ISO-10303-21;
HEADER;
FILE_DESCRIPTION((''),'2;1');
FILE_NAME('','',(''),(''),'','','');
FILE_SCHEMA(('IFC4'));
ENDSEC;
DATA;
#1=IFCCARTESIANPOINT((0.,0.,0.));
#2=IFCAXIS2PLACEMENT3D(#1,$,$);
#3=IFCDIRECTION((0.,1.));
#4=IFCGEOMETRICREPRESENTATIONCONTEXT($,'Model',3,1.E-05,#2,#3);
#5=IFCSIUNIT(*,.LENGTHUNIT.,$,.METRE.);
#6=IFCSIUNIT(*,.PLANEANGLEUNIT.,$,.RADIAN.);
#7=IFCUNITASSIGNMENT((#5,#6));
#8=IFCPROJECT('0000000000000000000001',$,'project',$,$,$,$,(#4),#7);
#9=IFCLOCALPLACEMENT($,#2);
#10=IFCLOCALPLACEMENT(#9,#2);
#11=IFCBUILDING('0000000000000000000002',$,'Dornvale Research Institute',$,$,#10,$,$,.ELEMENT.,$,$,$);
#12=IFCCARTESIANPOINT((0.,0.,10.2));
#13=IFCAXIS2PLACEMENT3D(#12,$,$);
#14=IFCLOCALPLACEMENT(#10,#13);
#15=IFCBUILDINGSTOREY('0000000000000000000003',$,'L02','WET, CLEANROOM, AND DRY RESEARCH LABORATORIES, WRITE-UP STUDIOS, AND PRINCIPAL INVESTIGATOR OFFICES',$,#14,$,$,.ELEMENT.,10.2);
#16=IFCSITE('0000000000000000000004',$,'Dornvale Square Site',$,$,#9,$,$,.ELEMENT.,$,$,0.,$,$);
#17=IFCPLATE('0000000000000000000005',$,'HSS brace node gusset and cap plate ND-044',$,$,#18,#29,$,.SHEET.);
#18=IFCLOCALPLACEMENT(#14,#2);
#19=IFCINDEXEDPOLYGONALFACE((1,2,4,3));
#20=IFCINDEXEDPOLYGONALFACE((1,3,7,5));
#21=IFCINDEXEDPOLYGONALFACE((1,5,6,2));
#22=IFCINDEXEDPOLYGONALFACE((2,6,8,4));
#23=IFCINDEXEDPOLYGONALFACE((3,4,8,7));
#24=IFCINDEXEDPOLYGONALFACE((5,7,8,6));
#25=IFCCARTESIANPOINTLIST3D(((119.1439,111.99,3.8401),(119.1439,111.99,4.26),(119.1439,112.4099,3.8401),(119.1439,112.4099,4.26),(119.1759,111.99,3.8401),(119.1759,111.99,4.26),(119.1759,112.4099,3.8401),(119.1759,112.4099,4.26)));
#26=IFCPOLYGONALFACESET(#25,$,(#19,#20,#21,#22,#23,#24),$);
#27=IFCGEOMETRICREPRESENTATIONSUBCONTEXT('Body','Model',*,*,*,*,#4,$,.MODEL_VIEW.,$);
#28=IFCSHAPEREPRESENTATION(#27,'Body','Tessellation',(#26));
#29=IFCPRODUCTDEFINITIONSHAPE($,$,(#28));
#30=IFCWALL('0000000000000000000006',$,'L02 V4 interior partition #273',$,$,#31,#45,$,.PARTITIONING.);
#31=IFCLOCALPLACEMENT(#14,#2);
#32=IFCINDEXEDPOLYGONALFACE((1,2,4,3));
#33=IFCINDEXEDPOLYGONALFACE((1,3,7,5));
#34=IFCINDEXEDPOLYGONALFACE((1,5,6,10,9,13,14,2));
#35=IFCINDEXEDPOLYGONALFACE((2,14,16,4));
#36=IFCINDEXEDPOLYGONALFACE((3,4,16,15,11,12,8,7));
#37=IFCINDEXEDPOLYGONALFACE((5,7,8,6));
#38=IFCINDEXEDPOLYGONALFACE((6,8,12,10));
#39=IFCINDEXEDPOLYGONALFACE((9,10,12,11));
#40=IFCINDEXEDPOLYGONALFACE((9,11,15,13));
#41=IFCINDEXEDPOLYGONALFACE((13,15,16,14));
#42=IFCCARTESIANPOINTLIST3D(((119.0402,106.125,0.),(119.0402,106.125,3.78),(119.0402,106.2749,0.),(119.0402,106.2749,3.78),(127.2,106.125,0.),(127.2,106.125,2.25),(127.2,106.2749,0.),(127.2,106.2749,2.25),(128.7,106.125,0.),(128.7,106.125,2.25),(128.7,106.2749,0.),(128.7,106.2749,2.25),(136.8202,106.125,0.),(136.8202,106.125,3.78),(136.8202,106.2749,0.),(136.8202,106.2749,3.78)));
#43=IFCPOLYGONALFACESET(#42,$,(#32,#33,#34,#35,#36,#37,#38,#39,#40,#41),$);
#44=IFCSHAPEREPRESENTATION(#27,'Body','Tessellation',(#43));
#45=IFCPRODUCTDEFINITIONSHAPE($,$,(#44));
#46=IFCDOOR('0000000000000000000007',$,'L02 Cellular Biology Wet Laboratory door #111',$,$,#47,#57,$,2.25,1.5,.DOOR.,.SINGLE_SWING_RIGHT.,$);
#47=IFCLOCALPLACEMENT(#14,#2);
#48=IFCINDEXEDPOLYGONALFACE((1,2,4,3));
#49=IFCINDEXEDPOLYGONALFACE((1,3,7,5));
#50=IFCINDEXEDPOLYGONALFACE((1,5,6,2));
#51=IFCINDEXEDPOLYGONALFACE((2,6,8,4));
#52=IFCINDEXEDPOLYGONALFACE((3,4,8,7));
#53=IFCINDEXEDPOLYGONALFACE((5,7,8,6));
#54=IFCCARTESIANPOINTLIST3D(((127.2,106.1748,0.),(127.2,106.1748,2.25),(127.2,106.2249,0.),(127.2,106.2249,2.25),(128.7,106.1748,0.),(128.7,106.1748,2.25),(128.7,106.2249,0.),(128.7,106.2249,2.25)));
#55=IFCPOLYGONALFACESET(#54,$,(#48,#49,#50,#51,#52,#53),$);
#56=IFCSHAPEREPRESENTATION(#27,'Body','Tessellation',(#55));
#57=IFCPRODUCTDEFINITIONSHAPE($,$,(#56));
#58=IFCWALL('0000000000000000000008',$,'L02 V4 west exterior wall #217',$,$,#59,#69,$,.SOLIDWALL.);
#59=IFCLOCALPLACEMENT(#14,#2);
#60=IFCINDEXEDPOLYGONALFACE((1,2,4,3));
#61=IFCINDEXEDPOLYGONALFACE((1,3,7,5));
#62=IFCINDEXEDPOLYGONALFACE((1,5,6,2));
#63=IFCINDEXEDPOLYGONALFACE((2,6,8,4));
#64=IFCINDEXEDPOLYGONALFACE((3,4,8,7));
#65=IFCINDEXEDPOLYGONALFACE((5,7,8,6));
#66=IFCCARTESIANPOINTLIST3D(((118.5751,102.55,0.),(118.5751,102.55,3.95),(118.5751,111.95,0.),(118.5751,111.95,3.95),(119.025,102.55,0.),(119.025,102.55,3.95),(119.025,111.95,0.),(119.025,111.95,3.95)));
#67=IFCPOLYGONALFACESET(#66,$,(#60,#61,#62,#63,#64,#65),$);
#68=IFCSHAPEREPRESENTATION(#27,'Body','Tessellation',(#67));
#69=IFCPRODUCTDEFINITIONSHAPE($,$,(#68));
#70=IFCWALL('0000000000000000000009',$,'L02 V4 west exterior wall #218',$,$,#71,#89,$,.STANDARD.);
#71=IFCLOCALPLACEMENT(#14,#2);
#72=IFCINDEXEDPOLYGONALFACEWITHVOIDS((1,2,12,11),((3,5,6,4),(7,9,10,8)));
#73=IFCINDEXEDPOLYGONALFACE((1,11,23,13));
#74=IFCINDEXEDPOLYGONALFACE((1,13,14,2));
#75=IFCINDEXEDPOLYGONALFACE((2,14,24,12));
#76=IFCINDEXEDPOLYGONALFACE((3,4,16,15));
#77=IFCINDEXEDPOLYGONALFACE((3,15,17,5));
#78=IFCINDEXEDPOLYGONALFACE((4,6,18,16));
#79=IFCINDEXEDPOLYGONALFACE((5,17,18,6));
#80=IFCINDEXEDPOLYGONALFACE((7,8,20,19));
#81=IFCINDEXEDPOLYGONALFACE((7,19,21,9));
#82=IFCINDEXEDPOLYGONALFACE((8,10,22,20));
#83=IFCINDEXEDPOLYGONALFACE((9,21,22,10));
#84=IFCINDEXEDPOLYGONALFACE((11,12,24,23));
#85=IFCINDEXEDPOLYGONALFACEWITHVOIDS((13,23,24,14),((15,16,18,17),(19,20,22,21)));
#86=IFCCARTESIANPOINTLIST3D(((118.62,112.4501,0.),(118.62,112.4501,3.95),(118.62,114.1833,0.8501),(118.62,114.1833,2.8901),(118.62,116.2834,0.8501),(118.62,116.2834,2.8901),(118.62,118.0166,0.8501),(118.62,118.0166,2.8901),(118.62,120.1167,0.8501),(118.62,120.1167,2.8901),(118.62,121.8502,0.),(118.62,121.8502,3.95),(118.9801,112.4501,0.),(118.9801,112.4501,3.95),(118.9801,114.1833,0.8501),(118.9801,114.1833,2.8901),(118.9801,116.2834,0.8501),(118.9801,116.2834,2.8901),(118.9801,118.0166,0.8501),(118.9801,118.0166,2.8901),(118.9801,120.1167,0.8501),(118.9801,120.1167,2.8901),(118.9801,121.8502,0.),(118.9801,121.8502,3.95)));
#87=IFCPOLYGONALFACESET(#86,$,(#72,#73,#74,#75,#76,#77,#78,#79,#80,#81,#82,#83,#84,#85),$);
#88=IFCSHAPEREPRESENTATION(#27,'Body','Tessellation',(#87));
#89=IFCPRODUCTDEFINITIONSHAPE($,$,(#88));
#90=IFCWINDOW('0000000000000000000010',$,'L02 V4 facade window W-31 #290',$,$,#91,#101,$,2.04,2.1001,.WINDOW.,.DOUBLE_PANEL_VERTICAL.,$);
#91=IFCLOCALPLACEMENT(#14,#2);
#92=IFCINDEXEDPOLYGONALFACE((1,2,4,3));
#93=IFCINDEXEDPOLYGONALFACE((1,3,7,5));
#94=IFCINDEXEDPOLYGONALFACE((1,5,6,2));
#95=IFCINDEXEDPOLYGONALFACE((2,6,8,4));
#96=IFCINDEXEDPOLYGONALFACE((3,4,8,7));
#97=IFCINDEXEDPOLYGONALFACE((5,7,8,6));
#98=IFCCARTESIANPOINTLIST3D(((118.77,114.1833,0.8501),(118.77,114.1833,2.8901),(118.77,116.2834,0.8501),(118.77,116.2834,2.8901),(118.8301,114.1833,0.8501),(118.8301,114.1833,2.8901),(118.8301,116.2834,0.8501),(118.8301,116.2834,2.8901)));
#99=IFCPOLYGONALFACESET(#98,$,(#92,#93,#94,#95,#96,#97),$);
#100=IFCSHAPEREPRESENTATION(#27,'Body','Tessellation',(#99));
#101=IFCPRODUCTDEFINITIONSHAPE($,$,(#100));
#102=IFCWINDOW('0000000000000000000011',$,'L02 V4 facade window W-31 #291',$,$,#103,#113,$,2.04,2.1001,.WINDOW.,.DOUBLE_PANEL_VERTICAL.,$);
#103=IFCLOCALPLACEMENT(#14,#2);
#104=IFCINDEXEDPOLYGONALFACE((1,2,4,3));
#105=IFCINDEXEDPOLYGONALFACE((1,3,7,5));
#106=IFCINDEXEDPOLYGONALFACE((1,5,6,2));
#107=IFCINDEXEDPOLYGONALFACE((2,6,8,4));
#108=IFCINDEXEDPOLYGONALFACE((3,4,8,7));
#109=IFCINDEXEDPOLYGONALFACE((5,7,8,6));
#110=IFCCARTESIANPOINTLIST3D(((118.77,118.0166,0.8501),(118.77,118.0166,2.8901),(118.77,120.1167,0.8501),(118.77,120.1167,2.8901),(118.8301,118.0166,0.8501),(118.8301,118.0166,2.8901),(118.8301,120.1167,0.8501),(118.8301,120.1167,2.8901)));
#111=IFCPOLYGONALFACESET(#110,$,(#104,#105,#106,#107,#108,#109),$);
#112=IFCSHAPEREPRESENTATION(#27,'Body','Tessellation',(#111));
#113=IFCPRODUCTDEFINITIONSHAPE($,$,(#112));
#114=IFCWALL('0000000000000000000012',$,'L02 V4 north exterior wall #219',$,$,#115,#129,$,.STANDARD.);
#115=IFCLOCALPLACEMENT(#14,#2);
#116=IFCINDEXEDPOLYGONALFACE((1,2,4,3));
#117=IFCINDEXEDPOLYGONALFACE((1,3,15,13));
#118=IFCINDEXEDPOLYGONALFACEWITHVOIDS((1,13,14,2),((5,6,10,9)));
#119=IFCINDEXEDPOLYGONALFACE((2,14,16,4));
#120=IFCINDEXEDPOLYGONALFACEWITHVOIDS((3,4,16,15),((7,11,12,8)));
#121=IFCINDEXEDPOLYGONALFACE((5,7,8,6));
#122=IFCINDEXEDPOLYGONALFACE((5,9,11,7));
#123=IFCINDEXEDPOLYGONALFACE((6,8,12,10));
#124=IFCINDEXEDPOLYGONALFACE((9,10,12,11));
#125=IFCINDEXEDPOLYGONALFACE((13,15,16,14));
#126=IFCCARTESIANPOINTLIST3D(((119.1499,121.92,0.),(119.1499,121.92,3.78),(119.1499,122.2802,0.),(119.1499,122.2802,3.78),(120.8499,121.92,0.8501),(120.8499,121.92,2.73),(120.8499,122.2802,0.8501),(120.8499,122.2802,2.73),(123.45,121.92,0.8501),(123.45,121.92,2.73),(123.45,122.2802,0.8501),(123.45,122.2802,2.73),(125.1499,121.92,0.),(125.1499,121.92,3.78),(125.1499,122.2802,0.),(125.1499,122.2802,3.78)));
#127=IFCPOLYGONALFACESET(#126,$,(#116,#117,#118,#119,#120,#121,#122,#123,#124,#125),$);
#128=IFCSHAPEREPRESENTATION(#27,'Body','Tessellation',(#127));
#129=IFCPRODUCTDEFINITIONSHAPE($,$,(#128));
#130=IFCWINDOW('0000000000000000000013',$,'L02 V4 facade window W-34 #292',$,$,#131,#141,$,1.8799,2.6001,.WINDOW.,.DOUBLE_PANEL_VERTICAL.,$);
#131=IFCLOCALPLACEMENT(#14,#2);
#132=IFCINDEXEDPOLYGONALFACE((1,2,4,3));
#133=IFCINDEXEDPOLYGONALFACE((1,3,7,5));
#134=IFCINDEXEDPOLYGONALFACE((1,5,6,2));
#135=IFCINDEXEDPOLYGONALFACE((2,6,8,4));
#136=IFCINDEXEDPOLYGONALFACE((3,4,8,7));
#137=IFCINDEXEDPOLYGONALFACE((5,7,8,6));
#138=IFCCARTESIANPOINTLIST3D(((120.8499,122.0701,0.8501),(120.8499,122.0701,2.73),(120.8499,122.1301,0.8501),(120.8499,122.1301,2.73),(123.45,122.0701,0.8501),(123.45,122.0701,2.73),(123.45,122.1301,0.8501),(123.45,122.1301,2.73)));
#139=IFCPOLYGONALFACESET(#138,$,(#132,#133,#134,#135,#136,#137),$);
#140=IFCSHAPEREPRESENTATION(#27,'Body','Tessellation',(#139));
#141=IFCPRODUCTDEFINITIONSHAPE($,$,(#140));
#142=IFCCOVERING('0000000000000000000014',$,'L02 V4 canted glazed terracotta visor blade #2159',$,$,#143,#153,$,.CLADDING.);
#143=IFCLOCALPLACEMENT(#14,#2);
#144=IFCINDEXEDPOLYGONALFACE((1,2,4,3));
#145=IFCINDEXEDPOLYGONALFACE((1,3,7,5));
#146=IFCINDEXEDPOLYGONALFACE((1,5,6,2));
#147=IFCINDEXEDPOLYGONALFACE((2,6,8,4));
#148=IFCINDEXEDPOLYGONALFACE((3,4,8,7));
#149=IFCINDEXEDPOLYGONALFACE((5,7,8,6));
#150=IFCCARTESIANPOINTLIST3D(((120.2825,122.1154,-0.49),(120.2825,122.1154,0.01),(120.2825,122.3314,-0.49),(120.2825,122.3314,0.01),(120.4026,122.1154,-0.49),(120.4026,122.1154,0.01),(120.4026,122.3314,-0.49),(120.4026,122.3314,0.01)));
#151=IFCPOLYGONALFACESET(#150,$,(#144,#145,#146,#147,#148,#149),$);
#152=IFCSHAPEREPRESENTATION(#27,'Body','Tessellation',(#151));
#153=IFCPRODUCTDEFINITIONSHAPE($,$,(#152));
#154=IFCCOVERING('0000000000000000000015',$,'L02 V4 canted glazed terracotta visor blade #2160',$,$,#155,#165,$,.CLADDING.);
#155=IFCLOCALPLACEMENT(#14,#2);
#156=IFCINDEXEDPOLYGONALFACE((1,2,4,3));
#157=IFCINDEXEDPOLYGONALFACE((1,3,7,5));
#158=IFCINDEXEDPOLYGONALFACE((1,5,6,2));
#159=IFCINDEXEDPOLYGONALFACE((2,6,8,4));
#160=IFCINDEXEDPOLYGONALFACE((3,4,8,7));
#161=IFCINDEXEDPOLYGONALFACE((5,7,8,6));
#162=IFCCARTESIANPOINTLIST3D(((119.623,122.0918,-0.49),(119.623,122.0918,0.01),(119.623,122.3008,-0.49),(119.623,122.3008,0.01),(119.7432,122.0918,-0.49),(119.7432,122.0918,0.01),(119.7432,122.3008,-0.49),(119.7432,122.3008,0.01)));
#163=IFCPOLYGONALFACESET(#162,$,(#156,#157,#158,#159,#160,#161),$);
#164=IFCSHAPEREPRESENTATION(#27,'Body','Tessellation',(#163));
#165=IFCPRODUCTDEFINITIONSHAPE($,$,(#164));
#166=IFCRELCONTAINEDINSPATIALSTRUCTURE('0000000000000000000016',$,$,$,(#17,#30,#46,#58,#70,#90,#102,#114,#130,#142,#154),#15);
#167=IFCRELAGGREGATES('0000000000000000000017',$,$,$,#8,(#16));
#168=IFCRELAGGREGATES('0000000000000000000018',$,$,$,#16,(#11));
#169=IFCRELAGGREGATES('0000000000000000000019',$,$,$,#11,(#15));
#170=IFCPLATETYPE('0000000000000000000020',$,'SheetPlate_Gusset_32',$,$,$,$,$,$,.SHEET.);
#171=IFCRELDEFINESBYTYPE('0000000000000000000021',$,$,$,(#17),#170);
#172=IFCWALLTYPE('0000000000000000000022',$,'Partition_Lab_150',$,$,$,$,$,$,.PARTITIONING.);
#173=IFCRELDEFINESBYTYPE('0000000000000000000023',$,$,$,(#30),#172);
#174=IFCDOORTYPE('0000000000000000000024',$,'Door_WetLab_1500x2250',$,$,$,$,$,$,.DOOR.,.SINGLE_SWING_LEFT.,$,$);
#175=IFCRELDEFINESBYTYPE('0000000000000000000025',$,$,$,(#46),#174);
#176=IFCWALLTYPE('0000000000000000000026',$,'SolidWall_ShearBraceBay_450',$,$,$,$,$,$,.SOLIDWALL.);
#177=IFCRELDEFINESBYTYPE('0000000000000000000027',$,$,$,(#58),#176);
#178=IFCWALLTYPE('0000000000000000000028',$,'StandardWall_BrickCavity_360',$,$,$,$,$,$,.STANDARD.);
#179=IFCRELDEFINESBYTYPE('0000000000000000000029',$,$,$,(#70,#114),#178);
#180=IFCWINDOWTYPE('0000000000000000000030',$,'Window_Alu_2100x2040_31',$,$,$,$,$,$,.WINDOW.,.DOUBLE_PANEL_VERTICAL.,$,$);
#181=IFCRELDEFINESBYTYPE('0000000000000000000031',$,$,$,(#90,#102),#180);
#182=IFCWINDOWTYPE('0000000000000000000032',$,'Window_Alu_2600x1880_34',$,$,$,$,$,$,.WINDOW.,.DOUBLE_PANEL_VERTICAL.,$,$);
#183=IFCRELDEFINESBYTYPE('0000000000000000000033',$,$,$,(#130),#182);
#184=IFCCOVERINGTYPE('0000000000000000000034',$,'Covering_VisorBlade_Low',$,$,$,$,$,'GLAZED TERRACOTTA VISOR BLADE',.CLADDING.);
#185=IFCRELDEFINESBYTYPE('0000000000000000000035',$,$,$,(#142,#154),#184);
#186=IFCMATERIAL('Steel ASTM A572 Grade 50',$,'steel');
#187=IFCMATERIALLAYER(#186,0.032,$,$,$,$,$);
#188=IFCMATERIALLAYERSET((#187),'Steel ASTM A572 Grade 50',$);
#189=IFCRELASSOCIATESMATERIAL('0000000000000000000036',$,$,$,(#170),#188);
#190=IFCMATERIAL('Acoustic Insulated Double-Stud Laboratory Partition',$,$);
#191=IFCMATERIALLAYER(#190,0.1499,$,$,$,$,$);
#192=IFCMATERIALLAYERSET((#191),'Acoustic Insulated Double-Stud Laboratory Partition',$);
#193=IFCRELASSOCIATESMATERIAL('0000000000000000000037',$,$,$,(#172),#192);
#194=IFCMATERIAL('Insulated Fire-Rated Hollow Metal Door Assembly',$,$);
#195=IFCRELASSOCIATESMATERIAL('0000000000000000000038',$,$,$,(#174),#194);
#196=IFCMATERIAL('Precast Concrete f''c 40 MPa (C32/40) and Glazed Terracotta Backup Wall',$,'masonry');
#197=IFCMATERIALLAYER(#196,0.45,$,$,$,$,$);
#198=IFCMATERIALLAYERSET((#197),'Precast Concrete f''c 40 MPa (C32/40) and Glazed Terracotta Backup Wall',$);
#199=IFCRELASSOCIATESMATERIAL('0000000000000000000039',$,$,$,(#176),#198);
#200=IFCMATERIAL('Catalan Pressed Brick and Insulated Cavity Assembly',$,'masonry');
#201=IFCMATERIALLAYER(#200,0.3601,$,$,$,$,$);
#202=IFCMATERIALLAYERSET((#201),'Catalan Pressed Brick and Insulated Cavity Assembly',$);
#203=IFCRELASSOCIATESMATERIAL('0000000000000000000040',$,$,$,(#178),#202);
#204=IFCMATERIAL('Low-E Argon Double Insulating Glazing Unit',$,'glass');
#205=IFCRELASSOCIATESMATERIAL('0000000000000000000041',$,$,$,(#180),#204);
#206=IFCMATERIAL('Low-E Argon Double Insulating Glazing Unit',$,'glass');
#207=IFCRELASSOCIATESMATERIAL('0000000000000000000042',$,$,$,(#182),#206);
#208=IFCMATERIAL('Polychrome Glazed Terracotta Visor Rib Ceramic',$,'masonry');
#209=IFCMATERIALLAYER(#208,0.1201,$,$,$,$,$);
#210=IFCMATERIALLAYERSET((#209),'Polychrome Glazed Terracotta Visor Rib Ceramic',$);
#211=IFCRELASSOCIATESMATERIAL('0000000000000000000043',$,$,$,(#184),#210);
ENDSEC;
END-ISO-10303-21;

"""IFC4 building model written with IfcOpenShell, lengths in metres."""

from ifc_helpers import new_model, si_unit, direction, frame, frame_2d, origin, origin_2d, place, context, subcontext, project, spatial, rectangle, extrude, material, layer, layer_set, type_object, element, fill, save


model = new_model("IFC4")

# Units and contexts
model_context = context("Model", 3, precision=1e-05, world=origin(), true_north=direction((0.0, 1.0)))
body_context = subcontext(model_context, "Body", "Model", "MODEL_VIEW")
ifc_project = project(units=[si_unit("LENGTHUNIT", "METRE"), si_unit("PLANEANGLEUNIT", "RADIAN")], contexts=[model_context])

# Site, building, storey
site_placement = place(None, origin())
site = spatial("IfcSite", under=ifc_project, at=site_placement, Name="Dornvale Square Site", CompositionType="ELEMENT", RefElevation=0.0)
building_placement = place(site_placement, origin())
building = spatial("IfcBuilding", under=site, at=building_placement, Name="Dornvale Research Institute", CompositionType="ELEMENT")
storey_placement = place(building_placement, frame((0.0, 0.0, 10.2)))
storey = spatial("IfcBuildingStorey", under=building, at=storey_placement, Name="L02", Description="WET, CLEANROOM, AND DRY RESEARCH LABORATORIES, WRITE-UP STUDIOS, AND PRINCIPAL INVESTIGATOR OFFICES", CompositionType="ELEMENT", Elevation=10.2)

# Plate
ifc_material_1 = material(Name="Steel ASTM A572 Grade 50", Category="steel")
ifc_layer_1 = layer(ifc_material_1, 0.032)
ifc_layer_set_1 = layer_set([ifc_layer_1], Name="Steel ASTM A572 Grade 50")
plate_type = type_object("IfcPlateType", Name="SheetPlate_Gusset_32", PredefinedType="SHEET", material=ifc_layer_set_1)
for number, where, z_axis, x_axis, name in (
    (1, (119.1599, 112.2, 3.8401), (0.0, 0.0, 1.0), (0.0, 1.0, 0.0), "HSS brace node gusset and cap plate ND-044"),
):
    element("IfcPlate", number, at=place(storey_placement, frame(where, z_axis=z_axis, x_axis=x_axis)), inside=storey, type_object=plate_type, Name=name, PredefinedType="SHEET", context=body_context, shape_type="SweptSolid", body=[
        extrude(rectangle(XDim=0.4199, YDim=0.032, at=origin_2d()), origin(), (0.0, 0.0, 1.0), 0.4199),
    ])

# Wall, opening, door
ifc_material_2 = material(Name="Acoustic Insulated Double-Stud Laboratory Partition")
ifc_layer_2 = layer(ifc_material_2, 0.1499)
ifc_layer_set_2 = layer_set([ifc_layer_2], Name="Acoustic Insulated Double-Stud Laboratory Partition")
wall_type_1 = type_object("IfcWallType", Name="Partition_Lab_150", PredefinedType="PARTITIONING", material=ifc_layer_set_2)
wall_1_placement = place(storey_placement, frame((119.04, 106.2, 0.0), z_axis=(0.0, 0.0, 1.0), x_axis=(1.0, 0.0, 0.0)))
wall_1 = element("IfcWall", 2, at=wall_1_placement, inside=storey, type_object=wall_type_1, Name="L02 V4 interior partition #273", PredefinedType="PARTITIONING", context=body_context, shape_type="SweptSolid", body=[
    extrude(rectangle(XDim=17.78, YDim=0.1499, at=frame_2d((8.8901, 0.0))), origin(), (0.0, 0.0, 1.0), 3.78),
])
opening_1_placement = place(wall_1_placement, frame((8.1599, 0.0, 0.0)))
opening_1 = element("IfcOpeningElement", 3, at=opening_1_placement, cuts=wall_1, PredefinedType="OPENING", context=body_context, shape_type="SweptSolid", body=[
    extrude(rectangle(XDim=1.5, YDim=2.25, at=frame_2d((0.75, 1.125))), frame((0.0, 0.0898, 0.0), z_axis=(0.0, -1.0, 0.0), x_axis=(1.0, 0.0, 0.0)), (0.0, 0.0, 1.0), 0.1799),
])
ifc_material_3 = material(Name="Insulated Fire-Rated Hollow Metal Door Assembly")
door_type = type_object("IfcDoorType", Name="Door_WetLab_1500x2250", OperationType="SINGLE_SWING_LEFT", PredefinedType="DOOR", material=ifc_material_3)
door_placement = place(opening_1_placement, origin())
door = element("IfcDoor", 4, at=door_placement, inside=storey, type_object=door_type, Name="L02 Cellular Biology Wet Laboratory door #111", OperationType="SINGLE_SWING_RIGHT", OverallHeight=2.25, OverallWidth=1.5, PredefinedType="DOOR", context=body_context, shape_type="SweptSolid", body=[
    extrude(rectangle(XDim=1.5, YDim=2.25, at=frame_2d((0.75, 1.125))), frame((0.0, 0.0249, 0.0), z_axis=(0.0, -1.0, 0.0), x_axis=(1.0, 0.0, 0.0)), (0.0, 0.0, 1.0), 0.05),
])
fill(opening_1, door)

# Wall
ifc_material_4 = material(Name="Precast Concrete f'c 40 MPa (C32/40) and Glazed Terracotta Backup Wall", Category="masonry")
ifc_layer_3 = layer(ifc_material_4, 0.45)
ifc_layer_set_3 = layer_set([ifc_layer_3], Name="Precast Concrete f'c 40 MPa (C32/40) and Glazed Terracotta Backup Wall")
wall_type_2 = type_object("IfcWallType", Name="SolidWall_ShearBraceBay_450", PredefinedType="SOLIDWALL", material=ifc_layer_set_3)
wall_2_placement = place(storey_placement, frame((118.8, 102.55, 0.0), z_axis=(0.0, 0.0, 1.0), x_axis=(0.0, 1.0, 0.0)))
element("IfcWall", 5, at=wall_2_placement, inside=storey, type_object=wall_type_2, Name="L02 V4 west exterior wall #217", PredefinedType="SOLIDWALL", context=body_context, shape_type="SweptSolid", body=[
    extrude(rectangle(XDim=9.3999, YDim=0.45, at=frame_2d((4.7, 0.0))), origin(), (0.0, 0.0, 1.0), 3.95),
])

# Wall, openings, windows
ifc_material_5 = material(Name="Catalan Pressed Brick and Insulated Cavity Assembly", Category="masonry")
ifc_layer_4 = layer(ifc_material_5, 0.3601)
ifc_layer_set_4 = layer_set([ifc_layer_4], Name="Catalan Pressed Brick and Insulated Cavity Assembly")
wall_type_3 = type_object("IfcWallType", Name="StandardWall_BrickCavity_360", PredefinedType="STANDARD", material=ifc_layer_set_4)
wall_3_placement = place(storey_placement, frame((118.8, 112.45, 0.0), z_axis=(0.0, 0.0, 1.0), x_axis=(0.0, 1.0, 0.0)))
wall_3 = element("IfcWall", 6, at=wall_3_placement, inside=storey, type_object=wall_type_3, Name="L02 V4 west exterior wall #218", PredefinedType="STANDARD", context=body_context, shape_type="SweptSolid", body=[
    extrude(rectangle(XDim=9.4001, YDim=0.3601, at=frame_2d((4.7002, 0.0))), origin(), (0.0, 0.0, 1.0), 3.95),
])
opening_2_placement = place(wall_3_placement, frame((1.7334, 0.0, 0.8501)))
opening_2 = element("IfcOpeningElement", 7, at=opening_2_placement, cuts=wall_3, PredefinedType="OPENING", context=body_context, shape_type="SweptSolid", body=[
    extrude(rectangle(XDim=2.1001, YDim=2.04, at=frame_2d((1.05, 1.02))), frame((0.0, 0.1951, 0.0), z_axis=(0.0, -1.0, 0.0), x_axis=(1.0, 0.0, 0.0)), (0.0, 0.0, 1.0), 0.3901),
])
opening_3_placement = place(wall_3_placement, frame((5.5667, 0.0, 0.8501)))
opening_3 = element("IfcOpeningElement", 8, at=opening_3_placement, cuts=wall_3, PredefinedType="OPENING", context=body_context, shape_type="SweptSolid", body=[
    extrude(rectangle(XDim=2.1001, YDim=2.04, at=frame_2d((1.05, 1.02))), frame((0.0, 0.1951, 0.0), z_axis=(0.0, -1.0, 0.0), x_axis=(1.0, 0.0, 0.0)), (0.0, 0.0, 1.0), 0.3901),
])
ifc_material_6 = material(Name="Low-E Argon Double Insulating Glazing Unit", Category="glass")
window_type_1 = type_object("IfcWindowType", Name="Window_Alu_2100x2040_31", PartitioningType="DOUBLE_PANEL_VERTICAL", PredefinedType="WINDOW", material=ifc_material_6)
window_1_placement = place(opening_2_placement, origin())
window_1 = element("IfcWindow", 9, at=window_1_placement, inside=storey, type_object=window_type_1, Name="L02 V4 facade window W-31 #290", OverallHeight=2.04, OverallWidth=2.1001, PartitioningType="DOUBLE_PANEL_VERTICAL", PredefinedType="WINDOW", context=body_context, shape_type="SweptSolid", body=[
    extrude(rectangle(XDim=2.1001, YDim=2.04, at=frame_2d((1.05, 1.02))), frame((0.0, 0.03, 0.0), z_axis=(0.0, -1.0, 0.0), x_axis=(1.0, 0.0, 0.0)), (0.0, 0.0, 1.0), 0.0601),
])
fill(opening_2, window_1)
window_2_placement = place(opening_3_placement, origin())
window_2 = element("IfcWindow", 10, at=window_2_placement, inside=storey, type_object=window_type_1, Name="L02 V4 facade window W-31 #291", OverallHeight=2.04, OverallWidth=2.1001, PartitioningType="DOUBLE_PANEL_VERTICAL", PredefinedType="WINDOW", context=body_context, shape_type="SweptSolid", body=[
    extrude(rectangle(XDim=2.1001, YDim=2.04, at=frame_2d((1.05, 1.02))), frame((0.0, 0.03, 0.0), z_axis=(0.0, -1.0, 0.0), x_axis=(1.0, 0.0, 0.0)), (0.0, 0.0, 1.0), 0.0601),
])
fill(opening_3, window_2)

# Wall, opening, window
wall_4_placement = place(storey_placement, frame((119.1499, 122.1001, 0.0), z_axis=(0.0, 0.0, 1.0), x_axis=(1.0, 0.0, 0.0)))
wall_4 = element("IfcWall", 11, at=wall_4_placement, inside=storey, type_object=wall_type_3, Name="L02 V4 north exterior wall #219", PredefinedType="STANDARD", context=body_context, shape_type="SweptSolid", body=[
    extrude(rectangle(XDim=6.0, YDim=0.3601, at=frame_2d((3.0, 0.0))), origin(), (0.0, 0.0, 1.0), 3.78),
])
opening_4_placement = place(wall_4_placement, frame((1.7, 0.0, 0.8501)))
opening_4 = element("IfcOpeningElement", 12, at=opening_4_placement, cuts=wall_4, PredefinedType="OPENING", context=body_context, shape_type="SweptSolid", body=[
    extrude(rectangle(XDim=2.6001, YDim=1.8799, at=frame_2d((1.3, 0.9399))), frame((0.0, 0.1951, 0.0), z_axis=(0.0, -1.0, 0.0), x_axis=(1.0, 0.0, 0.0)), (0.0, 0.0, 1.0), 0.3901),
])
ifc_material_7 = material(Name="Low-E Argon Double Insulating Glazing Unit", Category="glass")
window_type_2 = type_object("IfcWindowType", Name="Window_Alu_2600x1880_34", PartitioningType="DOUBLE_PANEL_VERTICAL", PredefinedType="WINDOW", material=ifc_material_7)
window_3_placement = place(opening_4_placement, origin())
window_3 = element("IfcWindow", 13, at=window_3_placement, inside=storey, type_object=window_type_2, Name="L02 V4 facade window W-34 #292", OverallHeight=1.8799, OverallWidth=2.6001, PartitioningType="DOUBLE_PANEL_VERTICAL", PredefinedType="WINDOW", context=body_context, shape_type="SweptSolid", body=[
    extrude(rectangle(XDim=2.6001, YDim=1.8799, at=frame_2d((1.3, 0.9399))), frame((0.0, 0.03, 0.0), z_axis=(0.0, -1.0, 0.0), x_axis=(1.0, 0.0, 0.0)), (0.0, 0.0, 1.0), 0.0601),
])
fill(opening_4, window_3)

# Coverings
ifc_material_8 = material(Name="Polychrome Glazed Terracotta Visor Rib Ceramic", Category="masonry")
ifc_layer_5 = layer(ifc_material_8, 0.1201)
ifc_layer_set_5 = layer_set([ifc_layer_5], Name="Polychrome Glazed Terracotta Visor Rib Ceramic")
covering_type = type_object("IfcCoveringType", Name="Covering_VisorBlade_Low", ElementType="GLAZED TERRACOTTA VISOR BLADE", PredefinedType="CLADDING", material=ifc_layer_set_5)
covering_1_placement = place(storey_placement, frame((120.3425, 122.2234, -0.49), z_axis=(0.0, 0.0, 1.0), x_axis=(0.0, 1.0, 0.0)))
element("IfcCovering", 14, at=covering_1_placement, inside=storey, type_object=covering_type, Name="L02 V4 canted glazed terracotta visor blade #2159", PredefinedType="CLADDING", context=body_context, shape_type="SweptSolid", body=[
    extrude(rectangle(XDim=0.2161, YDim=0.1201, at=origin_2d()), origin(), (0.0, 0.0, 1.0), 0.5),
])
covering_2_placement = place(storey_placement, frame((119.6831, 122.1963, -0.49), z_axis=(0.0, 0.0, 1.0), x_axis=(0.0, 1.0, 0.0)))
element("IfcCovering", 15, at=covering_2_placement, inside=storey, type_object=covering_type, Name="L02 V4 canted glazed terracotta visor blade #2160", PredefinedType="CLADDING", context=body_context, shape_type="SweptSolid", body=[
    extrude(rectangle(XDim=0.209, YDim=0.1201, at=origin_2d()), origin(), (0.0, 0.0, 1.0), 0.5),
])

save(model, "model.ifc")
